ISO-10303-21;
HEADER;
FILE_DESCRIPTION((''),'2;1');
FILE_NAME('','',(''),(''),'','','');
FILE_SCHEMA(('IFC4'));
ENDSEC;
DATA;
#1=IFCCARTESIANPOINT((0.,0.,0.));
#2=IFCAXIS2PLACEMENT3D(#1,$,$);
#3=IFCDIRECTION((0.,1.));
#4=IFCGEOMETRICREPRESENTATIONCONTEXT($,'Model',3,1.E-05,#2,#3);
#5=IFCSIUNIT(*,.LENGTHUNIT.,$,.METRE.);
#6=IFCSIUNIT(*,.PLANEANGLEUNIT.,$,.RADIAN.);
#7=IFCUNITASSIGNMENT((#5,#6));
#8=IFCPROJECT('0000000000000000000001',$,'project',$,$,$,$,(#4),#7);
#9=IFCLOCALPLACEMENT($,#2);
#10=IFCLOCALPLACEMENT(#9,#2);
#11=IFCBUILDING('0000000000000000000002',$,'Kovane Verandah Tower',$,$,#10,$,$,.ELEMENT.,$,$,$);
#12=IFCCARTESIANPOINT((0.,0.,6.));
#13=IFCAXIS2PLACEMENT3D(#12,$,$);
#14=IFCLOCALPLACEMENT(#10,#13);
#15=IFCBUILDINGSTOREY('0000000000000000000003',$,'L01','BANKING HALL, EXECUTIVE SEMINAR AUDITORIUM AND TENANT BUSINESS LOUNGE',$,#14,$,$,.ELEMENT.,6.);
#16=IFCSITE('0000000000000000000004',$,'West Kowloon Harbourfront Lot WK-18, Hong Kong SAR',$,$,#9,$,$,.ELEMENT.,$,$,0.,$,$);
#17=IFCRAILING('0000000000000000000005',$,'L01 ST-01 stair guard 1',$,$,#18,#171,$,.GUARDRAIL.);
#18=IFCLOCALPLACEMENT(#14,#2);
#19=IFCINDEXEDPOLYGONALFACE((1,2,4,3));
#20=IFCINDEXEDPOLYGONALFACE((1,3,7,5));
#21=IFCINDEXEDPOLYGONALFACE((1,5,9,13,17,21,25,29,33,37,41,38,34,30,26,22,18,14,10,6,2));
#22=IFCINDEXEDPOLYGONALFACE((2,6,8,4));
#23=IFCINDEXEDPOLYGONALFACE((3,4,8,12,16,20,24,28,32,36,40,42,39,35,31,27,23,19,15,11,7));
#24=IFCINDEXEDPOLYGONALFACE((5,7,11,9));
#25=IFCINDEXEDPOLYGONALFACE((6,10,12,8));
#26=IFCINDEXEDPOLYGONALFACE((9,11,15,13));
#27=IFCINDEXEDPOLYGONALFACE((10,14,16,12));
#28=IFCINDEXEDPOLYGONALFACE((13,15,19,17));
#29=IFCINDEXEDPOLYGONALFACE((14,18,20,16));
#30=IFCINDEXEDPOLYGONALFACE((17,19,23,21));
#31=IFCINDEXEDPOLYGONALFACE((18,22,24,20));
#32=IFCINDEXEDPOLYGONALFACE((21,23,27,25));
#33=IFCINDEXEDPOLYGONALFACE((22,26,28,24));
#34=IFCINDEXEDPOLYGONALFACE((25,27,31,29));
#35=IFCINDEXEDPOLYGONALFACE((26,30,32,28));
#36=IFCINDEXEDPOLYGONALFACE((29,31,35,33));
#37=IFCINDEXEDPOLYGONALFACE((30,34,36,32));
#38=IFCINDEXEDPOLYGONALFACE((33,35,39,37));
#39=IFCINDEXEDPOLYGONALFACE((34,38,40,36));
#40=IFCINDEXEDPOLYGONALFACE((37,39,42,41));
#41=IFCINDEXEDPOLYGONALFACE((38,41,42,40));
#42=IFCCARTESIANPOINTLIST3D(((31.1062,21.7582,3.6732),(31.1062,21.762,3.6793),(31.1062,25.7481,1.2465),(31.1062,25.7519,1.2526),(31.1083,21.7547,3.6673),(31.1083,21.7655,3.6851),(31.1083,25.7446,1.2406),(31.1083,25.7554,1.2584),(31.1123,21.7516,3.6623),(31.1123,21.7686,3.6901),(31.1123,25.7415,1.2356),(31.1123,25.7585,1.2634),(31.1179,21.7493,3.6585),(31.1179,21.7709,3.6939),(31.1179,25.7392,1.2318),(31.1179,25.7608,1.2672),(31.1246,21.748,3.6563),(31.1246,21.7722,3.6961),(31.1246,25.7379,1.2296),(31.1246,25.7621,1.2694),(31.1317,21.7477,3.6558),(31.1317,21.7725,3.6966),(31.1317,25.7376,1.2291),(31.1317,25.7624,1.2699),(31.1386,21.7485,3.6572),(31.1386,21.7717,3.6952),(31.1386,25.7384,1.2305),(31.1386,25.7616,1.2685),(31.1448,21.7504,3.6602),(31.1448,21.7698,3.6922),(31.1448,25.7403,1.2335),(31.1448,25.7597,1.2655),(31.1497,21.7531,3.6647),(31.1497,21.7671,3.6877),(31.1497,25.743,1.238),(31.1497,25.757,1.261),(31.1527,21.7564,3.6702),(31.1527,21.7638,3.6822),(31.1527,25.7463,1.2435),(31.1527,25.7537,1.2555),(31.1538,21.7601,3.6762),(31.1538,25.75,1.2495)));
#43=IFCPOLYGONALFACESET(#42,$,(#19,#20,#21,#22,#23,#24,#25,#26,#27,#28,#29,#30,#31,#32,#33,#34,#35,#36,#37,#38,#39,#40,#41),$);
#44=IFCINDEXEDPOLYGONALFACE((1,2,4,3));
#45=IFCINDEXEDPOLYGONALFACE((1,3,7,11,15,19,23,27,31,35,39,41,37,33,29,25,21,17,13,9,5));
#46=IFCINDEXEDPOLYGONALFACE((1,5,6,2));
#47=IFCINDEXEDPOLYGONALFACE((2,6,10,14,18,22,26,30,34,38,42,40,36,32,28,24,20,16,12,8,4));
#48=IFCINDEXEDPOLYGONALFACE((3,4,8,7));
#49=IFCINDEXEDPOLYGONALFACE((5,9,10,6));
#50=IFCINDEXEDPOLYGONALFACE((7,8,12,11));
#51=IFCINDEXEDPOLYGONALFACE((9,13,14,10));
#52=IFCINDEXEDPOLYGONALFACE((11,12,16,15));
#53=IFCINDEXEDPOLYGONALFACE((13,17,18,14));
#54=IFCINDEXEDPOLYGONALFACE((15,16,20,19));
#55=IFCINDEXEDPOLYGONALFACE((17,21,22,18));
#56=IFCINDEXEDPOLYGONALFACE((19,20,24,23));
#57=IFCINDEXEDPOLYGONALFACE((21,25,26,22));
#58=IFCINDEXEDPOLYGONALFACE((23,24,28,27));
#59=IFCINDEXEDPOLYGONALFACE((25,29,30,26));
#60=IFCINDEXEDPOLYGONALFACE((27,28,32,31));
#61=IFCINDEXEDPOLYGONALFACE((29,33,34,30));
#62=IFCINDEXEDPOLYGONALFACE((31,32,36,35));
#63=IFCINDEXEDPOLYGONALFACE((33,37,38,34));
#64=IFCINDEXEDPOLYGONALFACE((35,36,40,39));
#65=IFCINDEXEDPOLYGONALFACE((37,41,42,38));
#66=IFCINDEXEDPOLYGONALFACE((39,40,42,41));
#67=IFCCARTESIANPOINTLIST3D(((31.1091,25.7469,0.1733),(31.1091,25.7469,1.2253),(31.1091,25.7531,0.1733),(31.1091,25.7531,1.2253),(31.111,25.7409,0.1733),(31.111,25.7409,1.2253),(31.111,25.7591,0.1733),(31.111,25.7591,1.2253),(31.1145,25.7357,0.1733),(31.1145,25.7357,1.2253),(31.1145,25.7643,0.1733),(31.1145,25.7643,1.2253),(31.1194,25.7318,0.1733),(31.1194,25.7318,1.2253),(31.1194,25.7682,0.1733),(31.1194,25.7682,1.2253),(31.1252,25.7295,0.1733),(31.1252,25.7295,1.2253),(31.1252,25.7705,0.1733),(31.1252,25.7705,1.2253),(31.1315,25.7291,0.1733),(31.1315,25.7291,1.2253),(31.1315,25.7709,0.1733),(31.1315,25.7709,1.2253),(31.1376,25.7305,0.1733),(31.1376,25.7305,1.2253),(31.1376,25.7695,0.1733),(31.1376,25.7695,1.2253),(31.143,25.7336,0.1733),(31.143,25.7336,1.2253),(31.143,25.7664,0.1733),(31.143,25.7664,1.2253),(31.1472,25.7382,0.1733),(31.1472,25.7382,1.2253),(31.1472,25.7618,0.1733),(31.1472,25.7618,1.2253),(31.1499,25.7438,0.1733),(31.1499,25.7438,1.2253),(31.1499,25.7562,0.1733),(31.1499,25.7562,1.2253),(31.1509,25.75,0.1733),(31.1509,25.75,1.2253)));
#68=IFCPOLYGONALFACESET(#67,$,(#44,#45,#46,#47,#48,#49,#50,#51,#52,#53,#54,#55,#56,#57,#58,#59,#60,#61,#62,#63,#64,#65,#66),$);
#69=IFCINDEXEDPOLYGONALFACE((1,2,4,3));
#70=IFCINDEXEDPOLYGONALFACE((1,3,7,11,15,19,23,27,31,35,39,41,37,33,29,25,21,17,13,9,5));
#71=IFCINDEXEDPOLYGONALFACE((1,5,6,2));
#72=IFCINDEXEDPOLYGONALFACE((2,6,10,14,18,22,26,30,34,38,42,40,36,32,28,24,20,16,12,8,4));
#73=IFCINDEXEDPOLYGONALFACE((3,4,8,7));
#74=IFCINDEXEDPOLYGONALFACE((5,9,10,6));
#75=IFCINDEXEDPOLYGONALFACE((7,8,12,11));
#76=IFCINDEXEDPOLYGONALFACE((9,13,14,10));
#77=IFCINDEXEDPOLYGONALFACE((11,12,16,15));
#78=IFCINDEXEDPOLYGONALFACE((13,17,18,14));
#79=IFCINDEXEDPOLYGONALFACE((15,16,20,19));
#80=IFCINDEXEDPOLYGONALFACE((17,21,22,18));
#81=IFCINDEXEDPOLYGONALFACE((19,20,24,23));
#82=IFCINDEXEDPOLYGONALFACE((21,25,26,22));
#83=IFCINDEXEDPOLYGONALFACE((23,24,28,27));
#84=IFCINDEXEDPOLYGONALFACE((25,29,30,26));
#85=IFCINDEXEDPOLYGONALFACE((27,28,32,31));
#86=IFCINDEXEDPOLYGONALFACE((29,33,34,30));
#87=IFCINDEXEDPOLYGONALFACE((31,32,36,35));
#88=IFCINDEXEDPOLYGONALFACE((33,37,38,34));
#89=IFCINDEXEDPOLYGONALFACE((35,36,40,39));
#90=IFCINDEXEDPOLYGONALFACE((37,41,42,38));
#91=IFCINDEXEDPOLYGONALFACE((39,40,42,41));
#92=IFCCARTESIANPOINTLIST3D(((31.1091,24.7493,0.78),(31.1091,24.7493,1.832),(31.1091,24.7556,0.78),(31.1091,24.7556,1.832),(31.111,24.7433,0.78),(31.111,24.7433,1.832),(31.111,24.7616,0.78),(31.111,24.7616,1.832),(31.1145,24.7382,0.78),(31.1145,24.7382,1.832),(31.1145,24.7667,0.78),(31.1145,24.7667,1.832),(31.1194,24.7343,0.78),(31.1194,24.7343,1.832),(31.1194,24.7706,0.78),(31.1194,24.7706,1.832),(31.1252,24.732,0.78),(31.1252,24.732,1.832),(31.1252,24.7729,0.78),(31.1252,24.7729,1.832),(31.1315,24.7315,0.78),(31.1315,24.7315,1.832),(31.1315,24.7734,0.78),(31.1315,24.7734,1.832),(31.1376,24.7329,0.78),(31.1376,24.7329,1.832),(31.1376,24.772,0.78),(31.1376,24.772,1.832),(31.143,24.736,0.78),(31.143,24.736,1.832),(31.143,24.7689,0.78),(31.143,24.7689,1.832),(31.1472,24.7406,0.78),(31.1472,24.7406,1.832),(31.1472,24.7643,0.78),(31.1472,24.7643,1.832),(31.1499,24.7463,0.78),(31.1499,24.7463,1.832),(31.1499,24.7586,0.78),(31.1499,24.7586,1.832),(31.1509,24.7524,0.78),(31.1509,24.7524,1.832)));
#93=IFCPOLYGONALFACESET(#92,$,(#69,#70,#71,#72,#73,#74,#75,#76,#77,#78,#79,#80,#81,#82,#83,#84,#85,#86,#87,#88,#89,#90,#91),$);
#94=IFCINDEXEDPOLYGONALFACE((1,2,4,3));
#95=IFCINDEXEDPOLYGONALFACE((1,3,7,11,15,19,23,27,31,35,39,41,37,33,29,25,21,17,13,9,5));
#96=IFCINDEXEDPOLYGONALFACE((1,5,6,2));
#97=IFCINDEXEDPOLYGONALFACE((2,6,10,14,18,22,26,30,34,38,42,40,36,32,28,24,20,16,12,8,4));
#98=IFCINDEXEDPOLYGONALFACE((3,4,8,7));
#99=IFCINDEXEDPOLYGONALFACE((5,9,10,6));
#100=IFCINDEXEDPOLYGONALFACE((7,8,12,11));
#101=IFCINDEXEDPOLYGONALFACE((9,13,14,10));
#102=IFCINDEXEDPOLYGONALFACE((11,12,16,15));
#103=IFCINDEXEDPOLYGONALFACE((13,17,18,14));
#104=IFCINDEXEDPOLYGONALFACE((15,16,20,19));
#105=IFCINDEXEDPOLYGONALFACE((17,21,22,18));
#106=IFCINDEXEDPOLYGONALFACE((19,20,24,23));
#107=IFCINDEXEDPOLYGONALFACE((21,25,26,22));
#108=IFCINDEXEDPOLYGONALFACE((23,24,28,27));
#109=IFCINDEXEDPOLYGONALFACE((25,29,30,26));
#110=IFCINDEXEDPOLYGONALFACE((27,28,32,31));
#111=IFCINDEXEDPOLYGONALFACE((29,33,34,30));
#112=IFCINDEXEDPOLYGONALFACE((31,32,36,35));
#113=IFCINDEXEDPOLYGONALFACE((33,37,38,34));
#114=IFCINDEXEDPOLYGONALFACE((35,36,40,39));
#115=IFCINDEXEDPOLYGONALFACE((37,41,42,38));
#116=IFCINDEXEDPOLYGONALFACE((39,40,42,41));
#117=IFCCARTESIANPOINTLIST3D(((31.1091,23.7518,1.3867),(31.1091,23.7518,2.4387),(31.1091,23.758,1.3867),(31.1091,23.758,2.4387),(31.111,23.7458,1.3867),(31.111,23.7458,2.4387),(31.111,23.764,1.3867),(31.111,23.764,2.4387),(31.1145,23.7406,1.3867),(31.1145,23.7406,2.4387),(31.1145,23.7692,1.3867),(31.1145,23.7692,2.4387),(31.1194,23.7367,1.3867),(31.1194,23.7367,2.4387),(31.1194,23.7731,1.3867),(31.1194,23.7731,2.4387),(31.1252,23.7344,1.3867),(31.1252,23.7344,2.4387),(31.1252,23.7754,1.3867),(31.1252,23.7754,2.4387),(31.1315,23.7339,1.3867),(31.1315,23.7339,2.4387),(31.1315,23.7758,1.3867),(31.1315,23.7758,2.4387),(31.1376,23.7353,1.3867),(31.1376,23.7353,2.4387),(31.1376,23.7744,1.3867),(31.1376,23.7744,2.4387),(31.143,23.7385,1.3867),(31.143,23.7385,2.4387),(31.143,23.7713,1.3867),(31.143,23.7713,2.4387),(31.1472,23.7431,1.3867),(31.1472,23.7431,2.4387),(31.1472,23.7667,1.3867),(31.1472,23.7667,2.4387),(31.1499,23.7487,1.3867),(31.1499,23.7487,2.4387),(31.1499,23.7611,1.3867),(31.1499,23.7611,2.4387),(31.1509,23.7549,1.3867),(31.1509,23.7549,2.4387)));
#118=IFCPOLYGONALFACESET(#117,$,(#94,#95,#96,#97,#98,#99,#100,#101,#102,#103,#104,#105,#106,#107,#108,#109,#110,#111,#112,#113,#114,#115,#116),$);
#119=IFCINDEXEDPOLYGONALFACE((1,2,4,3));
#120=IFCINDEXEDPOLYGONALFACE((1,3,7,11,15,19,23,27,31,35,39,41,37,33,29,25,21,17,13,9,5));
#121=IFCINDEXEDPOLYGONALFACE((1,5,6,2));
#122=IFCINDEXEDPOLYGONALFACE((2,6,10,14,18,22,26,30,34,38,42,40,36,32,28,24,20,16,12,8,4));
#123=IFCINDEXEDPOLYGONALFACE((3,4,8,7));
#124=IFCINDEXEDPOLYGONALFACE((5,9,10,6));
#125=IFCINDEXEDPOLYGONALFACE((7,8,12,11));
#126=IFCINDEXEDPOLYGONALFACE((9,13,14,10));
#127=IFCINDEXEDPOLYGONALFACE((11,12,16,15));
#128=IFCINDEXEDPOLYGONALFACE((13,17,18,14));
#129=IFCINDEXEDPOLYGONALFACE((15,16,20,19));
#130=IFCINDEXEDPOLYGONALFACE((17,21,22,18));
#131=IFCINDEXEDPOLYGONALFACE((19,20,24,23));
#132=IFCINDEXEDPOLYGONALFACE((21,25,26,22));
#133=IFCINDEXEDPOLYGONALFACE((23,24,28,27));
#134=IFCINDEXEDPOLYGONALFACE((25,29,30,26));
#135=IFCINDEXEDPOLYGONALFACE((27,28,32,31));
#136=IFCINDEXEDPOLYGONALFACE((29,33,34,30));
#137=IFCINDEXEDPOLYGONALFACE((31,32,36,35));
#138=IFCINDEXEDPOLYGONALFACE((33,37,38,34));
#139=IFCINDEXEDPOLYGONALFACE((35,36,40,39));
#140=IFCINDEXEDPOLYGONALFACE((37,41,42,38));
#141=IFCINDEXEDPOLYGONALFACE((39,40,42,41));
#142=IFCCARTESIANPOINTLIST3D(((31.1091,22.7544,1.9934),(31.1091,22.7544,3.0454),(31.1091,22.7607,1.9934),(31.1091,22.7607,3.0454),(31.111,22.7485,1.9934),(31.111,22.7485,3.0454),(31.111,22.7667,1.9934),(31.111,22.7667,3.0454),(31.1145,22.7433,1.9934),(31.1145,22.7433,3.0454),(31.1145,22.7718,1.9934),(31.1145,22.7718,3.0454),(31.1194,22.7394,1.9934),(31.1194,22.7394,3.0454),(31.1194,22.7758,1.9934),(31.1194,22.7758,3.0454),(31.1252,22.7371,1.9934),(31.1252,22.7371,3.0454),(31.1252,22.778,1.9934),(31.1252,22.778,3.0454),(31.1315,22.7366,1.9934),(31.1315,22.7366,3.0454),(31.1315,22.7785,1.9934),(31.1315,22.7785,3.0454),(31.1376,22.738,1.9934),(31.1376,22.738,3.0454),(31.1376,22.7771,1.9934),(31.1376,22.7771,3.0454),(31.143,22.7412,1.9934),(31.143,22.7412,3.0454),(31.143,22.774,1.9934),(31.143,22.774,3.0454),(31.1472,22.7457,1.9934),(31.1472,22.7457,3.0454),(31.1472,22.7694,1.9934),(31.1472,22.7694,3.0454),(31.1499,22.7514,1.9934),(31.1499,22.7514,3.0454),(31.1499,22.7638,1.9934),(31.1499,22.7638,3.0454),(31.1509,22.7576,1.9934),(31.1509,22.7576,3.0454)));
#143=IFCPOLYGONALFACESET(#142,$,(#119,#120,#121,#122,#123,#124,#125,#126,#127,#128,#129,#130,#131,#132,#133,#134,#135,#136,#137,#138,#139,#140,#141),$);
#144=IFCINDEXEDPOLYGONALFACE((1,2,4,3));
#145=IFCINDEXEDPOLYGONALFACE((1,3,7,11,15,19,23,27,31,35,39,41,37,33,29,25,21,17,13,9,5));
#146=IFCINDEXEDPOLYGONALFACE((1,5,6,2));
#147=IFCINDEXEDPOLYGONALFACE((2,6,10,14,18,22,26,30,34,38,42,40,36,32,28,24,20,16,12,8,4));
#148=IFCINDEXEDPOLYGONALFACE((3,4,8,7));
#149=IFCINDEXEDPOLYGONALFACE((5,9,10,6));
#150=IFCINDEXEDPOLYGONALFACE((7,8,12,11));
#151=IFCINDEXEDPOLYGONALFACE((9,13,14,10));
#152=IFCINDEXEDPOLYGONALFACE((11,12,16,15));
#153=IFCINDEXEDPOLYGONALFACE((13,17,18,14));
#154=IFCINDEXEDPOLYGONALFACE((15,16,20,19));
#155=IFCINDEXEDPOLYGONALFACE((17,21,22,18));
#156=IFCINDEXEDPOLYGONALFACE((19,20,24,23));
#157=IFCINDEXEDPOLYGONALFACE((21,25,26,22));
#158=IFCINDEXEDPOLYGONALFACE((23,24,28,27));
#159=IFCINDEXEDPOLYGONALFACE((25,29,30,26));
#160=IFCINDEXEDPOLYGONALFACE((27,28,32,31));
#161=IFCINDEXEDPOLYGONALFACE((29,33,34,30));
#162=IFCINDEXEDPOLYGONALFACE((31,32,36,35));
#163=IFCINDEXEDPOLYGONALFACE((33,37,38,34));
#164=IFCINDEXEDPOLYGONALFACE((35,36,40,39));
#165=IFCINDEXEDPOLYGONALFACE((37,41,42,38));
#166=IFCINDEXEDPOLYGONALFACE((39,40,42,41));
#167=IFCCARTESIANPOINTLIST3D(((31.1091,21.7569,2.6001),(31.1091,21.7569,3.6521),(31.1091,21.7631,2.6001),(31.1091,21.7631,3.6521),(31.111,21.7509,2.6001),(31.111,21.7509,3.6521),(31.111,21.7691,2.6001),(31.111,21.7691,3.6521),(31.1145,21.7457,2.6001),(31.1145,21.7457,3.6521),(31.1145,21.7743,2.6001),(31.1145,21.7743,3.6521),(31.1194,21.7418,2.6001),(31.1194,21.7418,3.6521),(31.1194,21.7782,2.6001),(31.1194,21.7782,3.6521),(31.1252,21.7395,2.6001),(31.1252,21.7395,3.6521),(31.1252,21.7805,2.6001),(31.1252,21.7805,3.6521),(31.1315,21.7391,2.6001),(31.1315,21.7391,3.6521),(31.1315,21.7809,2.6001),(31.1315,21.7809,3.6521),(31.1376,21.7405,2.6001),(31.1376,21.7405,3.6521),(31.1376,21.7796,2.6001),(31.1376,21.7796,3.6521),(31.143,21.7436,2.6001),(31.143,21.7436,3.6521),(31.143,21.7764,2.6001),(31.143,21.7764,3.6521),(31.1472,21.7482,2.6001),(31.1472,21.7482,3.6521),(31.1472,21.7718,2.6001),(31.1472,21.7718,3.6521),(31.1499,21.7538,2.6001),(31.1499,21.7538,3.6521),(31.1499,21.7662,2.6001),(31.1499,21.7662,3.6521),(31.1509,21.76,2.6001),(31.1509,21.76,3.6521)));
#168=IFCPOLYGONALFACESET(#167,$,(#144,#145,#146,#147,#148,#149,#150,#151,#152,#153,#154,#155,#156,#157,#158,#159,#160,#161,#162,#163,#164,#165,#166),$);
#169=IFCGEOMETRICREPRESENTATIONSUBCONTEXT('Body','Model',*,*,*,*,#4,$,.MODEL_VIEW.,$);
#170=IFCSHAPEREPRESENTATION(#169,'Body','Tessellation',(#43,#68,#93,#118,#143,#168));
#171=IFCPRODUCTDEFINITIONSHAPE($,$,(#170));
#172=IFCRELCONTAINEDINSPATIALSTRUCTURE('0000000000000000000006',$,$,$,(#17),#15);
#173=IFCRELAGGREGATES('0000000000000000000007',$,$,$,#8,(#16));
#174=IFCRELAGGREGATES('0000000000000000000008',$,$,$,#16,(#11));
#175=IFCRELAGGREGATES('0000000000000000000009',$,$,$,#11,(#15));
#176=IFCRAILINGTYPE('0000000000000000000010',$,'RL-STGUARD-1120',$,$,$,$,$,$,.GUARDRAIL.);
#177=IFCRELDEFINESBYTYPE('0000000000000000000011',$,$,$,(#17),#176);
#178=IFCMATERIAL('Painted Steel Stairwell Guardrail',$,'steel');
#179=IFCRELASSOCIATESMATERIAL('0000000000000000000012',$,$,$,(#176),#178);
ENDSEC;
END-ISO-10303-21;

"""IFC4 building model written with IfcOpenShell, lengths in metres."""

from ifc_helpers import new_model, si_unit, direction, frame, origin, origin_2d, place, context, subcontext, project, spatial, circle, extrude, material, type_object, element, save


model = new_model("IFC4")

# Units and contexts
model_context = context("Model", 3, precision=1e-05, world=origin(), true_north=direction((0.0, 1.0)))
body_context = subcontext(model_context, "Body", "Model", "MODEL_VIEW")
ifc_project = project(units=[si_unit("LENGTHUNIT", "METRE"), si_unit("PLANEANGLEUNIT", "RADIAN")], contexts=[model_context])

# Site, building, storey
site_placement = place(None, origin())
site = spatial("IfcSite", under=ifc_project, at=site_placement, Name="West Kowloon Harbourfront Lot WK-18, Hong Kong SAR", CompositionType="ELEMENT", RefElevation=0.0)
building_placement = place(site_placement, origin())
building = spatial("IfcBuilding", under=site, at=building_placement, Name="Kovane Verandah Tower", CompositionType="ELEMENT")
storey_placement = place(building_placement, frame((0.0, 0.0, 6.0)))
storey = spatial("IfcBuildingStorey", under=building, at=storey_placement, Name="L01", Description="BANKING HALL, EXECUTIVE SEMINAR AUDITORIUM AND TENANT BUSINESS LOUNGE", CompositionType="ELEMENT", Elevation=6.0)

# Railing
ifc_material_1 = material(Name="Painted Steel Stairwell Guardrail", Category="steel")
railing_type = type_object("IfcRailingType", Name="RL-STGUARD-1120", PredefinedType="GUARDRAIL", material=ifc_material_1)
railing_1_placement = place(storey_placement, frame((31.1299, 25.75, 0.1733)))
element("IfcRailing", 1, at=railing_1_placement, inside=storey, type_object=railing_type, Name="L01 ST-01 stair guard 1", PredefinedType="GUARDRAIL", context=body_context, shape_type="SweptSolid", body=[
    extrude(circle(Radius=0.0239, at=origin_2d()), frame((0.0, 0.0, 1.0762), z_axis=(0.0, -0.854382, 0.519645), x_axis=(1.0, 0.0, 0.0)), (0.0, 0.0, 1.0), 4.6699),
    extrude(circle(Radius=0.021, at=origin_2d()), origin(), (0.0, 0.0, 1.0), 1.052),
    extrude(circle(Radius=0.021, at=origin_2d()), frame((0.0, -0.9976, 0.6067)), (0.0, 0.0, 1.0), 1.052),
    extrude(circle(Radius=0.021, at=origin_2d()), frame((0.0, -1.9951, 1.2134)), (0.0, 0.0, 1.0), 1.052),
    extrude(circle(Radius=0.021, at=origin_2d()), frame((0.0, -2.9924, 1.8201)), (0.0, 0.0, 1.0), 1.052),
    extrude(circle(Radius=0.021, at=origin_2d()), frame((0.0, -3.99, 2.4268)), (0.0, 0.0, 1.0), 1.052),
])

save(model, "model.ifc")
